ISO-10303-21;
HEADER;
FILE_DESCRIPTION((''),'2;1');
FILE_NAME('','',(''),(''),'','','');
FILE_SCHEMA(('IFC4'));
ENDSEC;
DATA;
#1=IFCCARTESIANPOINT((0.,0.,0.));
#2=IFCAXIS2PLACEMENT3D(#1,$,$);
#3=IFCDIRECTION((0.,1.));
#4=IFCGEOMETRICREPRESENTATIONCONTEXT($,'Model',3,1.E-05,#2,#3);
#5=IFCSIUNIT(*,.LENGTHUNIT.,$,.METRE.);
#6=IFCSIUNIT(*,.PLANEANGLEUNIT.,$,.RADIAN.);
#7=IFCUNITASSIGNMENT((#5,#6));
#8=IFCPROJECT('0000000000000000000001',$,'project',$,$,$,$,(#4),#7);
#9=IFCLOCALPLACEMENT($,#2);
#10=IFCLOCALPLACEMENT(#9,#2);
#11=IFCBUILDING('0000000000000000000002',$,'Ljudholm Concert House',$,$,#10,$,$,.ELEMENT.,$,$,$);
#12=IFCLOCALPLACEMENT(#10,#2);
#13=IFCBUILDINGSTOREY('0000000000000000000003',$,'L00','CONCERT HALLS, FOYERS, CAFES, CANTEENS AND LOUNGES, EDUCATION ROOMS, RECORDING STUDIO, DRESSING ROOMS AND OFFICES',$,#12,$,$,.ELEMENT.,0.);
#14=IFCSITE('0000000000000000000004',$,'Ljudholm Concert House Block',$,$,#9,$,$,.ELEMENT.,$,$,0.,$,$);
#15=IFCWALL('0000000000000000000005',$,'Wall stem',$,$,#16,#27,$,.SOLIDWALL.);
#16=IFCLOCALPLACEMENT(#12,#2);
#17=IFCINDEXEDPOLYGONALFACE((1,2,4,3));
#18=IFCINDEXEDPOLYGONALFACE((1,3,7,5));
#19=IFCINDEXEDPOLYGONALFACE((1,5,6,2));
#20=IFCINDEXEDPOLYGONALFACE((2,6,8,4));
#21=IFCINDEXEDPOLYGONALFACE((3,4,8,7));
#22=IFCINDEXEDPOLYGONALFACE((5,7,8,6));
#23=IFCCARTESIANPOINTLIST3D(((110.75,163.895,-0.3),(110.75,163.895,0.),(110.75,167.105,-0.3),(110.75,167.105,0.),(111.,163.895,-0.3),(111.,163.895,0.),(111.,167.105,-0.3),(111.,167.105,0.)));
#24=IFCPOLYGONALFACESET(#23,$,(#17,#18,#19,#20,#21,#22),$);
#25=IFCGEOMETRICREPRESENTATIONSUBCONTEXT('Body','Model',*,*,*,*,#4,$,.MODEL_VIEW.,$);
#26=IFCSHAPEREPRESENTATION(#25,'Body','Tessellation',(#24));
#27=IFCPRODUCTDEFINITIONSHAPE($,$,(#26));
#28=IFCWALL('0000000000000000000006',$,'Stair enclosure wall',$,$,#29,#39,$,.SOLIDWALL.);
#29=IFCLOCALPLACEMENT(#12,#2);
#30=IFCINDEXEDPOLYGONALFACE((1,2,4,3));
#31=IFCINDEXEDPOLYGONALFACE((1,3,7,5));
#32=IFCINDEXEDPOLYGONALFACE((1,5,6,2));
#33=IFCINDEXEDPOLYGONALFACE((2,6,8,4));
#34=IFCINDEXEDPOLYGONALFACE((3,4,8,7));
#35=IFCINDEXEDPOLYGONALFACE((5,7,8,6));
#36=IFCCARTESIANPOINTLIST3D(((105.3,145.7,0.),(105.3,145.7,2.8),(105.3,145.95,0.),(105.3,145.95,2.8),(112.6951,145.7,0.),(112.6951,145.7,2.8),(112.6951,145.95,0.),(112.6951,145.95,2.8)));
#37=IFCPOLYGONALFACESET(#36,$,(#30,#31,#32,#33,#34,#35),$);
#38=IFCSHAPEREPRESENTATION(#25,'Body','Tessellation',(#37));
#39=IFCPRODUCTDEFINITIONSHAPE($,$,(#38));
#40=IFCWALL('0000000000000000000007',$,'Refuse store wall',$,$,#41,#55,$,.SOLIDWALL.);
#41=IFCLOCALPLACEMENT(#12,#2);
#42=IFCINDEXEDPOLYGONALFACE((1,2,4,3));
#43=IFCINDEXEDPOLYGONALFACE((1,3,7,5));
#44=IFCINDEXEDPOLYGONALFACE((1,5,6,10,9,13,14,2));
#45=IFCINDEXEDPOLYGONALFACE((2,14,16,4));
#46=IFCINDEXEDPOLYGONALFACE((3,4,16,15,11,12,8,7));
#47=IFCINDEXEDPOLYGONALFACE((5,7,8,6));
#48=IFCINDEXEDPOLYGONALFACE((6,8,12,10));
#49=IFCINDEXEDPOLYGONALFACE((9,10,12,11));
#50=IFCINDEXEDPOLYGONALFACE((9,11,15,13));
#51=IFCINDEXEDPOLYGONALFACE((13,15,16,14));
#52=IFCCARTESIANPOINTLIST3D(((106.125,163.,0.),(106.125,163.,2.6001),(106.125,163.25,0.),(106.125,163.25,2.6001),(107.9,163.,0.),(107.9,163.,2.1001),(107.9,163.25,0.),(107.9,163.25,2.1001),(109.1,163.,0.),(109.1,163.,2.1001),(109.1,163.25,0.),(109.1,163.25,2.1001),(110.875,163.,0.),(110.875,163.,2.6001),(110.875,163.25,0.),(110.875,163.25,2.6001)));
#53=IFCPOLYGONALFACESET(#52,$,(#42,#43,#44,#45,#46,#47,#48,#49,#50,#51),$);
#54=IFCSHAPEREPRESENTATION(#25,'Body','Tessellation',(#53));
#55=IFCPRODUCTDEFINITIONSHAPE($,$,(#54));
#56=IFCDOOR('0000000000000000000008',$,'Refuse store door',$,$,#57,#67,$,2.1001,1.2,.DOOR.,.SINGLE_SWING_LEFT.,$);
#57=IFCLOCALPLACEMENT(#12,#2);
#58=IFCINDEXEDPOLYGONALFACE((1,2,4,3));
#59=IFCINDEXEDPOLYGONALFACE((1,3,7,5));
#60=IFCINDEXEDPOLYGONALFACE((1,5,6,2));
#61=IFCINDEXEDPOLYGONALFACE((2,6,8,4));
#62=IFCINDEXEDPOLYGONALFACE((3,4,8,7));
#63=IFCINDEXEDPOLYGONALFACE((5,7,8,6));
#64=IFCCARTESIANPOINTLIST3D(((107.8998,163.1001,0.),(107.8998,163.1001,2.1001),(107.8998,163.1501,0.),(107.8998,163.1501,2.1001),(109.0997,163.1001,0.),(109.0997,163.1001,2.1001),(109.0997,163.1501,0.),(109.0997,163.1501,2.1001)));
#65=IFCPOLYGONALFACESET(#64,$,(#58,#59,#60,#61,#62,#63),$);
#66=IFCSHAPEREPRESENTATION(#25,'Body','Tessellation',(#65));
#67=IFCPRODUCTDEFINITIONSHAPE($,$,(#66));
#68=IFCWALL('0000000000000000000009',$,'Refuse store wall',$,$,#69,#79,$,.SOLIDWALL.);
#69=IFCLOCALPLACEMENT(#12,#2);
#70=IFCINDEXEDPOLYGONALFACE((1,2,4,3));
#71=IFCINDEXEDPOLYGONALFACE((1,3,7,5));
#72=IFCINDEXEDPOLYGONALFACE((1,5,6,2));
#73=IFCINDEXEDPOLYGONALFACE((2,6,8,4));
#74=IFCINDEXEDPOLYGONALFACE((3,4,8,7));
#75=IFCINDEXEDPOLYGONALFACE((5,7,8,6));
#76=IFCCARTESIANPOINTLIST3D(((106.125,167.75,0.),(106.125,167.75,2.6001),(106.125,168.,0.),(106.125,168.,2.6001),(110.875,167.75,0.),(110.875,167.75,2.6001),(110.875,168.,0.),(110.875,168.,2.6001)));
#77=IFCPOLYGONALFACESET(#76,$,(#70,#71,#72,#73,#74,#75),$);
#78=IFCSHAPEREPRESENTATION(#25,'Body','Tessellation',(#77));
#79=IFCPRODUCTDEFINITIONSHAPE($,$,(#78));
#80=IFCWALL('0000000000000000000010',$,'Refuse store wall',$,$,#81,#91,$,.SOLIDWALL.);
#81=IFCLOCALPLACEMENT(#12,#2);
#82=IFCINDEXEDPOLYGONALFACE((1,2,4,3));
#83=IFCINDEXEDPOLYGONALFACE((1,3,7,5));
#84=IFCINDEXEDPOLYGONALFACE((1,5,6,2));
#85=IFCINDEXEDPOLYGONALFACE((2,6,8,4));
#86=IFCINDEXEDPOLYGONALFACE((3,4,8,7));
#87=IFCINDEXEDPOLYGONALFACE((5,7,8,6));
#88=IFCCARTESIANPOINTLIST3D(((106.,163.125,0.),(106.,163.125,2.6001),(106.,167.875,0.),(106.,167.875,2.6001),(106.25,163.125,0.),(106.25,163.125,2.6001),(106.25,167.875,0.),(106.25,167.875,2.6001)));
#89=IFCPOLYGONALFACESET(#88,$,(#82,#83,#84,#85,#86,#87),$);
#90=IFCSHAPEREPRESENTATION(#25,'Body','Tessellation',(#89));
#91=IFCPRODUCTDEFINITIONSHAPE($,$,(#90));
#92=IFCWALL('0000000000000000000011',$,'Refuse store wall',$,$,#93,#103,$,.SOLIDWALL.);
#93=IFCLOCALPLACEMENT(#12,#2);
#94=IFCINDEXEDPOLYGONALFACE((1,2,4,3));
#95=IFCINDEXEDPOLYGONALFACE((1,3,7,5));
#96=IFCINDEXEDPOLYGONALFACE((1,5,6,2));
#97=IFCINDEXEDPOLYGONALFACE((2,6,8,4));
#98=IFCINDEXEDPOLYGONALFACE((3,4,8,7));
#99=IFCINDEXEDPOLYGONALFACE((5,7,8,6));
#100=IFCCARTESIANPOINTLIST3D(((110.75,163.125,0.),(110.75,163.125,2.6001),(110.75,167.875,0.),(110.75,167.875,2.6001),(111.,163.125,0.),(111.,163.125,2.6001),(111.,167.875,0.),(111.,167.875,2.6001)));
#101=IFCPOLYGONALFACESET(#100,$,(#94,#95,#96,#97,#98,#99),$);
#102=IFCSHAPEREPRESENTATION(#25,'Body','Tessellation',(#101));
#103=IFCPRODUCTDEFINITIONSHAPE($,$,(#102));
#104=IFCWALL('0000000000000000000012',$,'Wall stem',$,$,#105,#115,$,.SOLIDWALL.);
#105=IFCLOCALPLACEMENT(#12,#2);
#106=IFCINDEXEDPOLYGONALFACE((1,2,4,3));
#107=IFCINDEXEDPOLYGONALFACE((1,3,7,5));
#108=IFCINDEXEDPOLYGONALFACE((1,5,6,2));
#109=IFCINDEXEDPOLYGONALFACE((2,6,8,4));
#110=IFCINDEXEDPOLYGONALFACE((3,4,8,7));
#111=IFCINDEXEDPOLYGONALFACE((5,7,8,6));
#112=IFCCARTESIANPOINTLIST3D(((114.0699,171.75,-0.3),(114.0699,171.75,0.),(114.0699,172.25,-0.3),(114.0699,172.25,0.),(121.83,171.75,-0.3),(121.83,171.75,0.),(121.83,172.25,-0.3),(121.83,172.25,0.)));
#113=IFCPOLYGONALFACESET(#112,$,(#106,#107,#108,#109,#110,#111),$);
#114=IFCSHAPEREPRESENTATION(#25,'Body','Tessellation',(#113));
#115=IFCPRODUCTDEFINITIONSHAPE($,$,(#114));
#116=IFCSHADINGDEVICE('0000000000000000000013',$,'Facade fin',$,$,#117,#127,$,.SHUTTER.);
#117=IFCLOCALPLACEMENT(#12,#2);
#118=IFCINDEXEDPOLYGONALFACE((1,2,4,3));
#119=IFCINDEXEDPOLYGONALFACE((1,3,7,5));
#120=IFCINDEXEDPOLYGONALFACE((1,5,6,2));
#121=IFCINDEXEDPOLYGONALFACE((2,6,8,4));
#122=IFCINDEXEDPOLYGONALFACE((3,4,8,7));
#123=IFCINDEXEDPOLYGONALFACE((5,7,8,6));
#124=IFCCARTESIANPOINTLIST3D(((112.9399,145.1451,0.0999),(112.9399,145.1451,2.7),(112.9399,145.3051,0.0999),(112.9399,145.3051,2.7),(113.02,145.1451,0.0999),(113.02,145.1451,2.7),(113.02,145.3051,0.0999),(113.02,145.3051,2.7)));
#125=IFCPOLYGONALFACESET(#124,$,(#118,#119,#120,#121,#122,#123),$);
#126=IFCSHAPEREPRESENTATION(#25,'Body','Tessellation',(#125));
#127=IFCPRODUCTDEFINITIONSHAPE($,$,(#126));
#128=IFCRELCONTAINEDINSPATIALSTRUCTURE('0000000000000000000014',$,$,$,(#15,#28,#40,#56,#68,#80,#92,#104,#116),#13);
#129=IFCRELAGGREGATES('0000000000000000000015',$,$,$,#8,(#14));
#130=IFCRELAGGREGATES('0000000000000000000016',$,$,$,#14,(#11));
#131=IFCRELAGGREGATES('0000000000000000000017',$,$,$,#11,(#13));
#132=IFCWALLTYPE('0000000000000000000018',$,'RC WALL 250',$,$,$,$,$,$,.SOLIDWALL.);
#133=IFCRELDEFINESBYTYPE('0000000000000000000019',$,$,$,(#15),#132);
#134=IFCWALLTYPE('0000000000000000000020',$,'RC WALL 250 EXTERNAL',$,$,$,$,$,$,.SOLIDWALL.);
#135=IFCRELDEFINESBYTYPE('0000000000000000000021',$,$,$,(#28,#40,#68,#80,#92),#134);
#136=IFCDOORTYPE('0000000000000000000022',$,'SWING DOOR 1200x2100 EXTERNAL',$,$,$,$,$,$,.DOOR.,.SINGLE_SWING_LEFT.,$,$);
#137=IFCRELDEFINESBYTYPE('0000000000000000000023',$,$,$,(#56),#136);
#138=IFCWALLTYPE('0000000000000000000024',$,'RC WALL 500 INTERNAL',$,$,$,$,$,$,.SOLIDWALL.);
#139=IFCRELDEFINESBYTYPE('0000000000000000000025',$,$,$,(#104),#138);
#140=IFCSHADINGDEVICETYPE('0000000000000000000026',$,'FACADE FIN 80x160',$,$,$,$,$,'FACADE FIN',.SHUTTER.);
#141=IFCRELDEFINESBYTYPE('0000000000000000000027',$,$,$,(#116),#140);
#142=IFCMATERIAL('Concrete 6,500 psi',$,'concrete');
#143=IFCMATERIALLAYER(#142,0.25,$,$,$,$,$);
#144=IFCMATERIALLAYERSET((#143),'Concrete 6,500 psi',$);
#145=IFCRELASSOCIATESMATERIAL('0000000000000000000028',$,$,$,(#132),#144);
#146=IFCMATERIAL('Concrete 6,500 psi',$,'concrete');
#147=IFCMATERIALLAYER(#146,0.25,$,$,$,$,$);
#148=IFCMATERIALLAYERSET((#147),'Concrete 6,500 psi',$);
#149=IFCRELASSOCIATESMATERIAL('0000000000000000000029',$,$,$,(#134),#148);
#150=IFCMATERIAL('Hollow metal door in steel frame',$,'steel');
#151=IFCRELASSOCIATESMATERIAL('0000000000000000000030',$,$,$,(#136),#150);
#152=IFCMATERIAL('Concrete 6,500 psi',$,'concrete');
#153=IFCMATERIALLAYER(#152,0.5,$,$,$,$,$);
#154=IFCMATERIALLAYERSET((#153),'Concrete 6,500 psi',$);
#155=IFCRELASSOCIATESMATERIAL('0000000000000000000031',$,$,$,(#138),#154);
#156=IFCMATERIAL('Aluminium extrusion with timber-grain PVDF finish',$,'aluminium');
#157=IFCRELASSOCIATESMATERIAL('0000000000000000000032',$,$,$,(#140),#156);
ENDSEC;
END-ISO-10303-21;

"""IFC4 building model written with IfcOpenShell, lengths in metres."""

from ifc_helpers import new_model, si_unit, direction, frame, frame_2d, origin, origin_2d, place, context, subcontext, project, spatial, rectangle, extrude, material, layer, layer_set, type_object, element, fill, save


model = new_model("IFC4")

# Units and contexts
model_context = context("Model", 3, precision=1e-05, world=origin(), true_north=direction((0.0, 1.0)))
body_context = subcontext(model_context, "Body", "Model", "MODEL_VIEW")
ifc_project = project(units=[si_unit("LENGTHUNIT", "METRE"), si_unit("PLANEANGLEUNIT", "RADIAN")], contexts=[model_context])

# Site, building, storey
site_placement = place(None, origin())
site = spatial("IfcSite", under=ifc_project, at=site_placement, Name="Ljudholm Concert House Block", CompositionType="ELEMENT", RefElevation=0.0)
building_placement = place(site_placement, origin())
building = spatial("IfcBuilding", under=site, at=building_placement, Name="Ljudholm Concert House", CompositionType="ELEMENT")
storey_placement = place(building_placement, origin())
storey = spatial("IfcBuildingStorey", under=building, at=storey_placement, Name="L00", Description="CONCERT HALLS, FOYERS, CAFES, CANTEENS AND LOUNGES, EDUCATION ROOMS, RECORDING STUDIO, DRESSING ROOMS AND OFFICES", CompositionType="ELEMENT", Elevation=0.0)

# Walls
ifc_material_1 = material(Name="Concrete 6,500 psi", Category="concrete")
ifc_layer_1 = layer(ifc_material_1, 0.25)
ifc_layer_set_1 = layer_set([ifc_layer_1], Name="Concrete 6,500 psi")
wall_type_1 = type_object("IfcWallType", Name="RC WALL 250", PredefinedType="SOLIDWALL", material=ifc_layer_set_1)
for number, where, z_axis, x_axis, name in (
    (1, (110.875, 163.895, -0.3), (0.0, 0.0, 1.0), (0.0, 1.0, 0.0), "Wall stem"),
):
    element("IfcWall", number, at=place(storey_placement, frame(where, z_axis=z_axis, x_axis=x_axis)), inside=storey, type_object=wall_type_1, Name=name, PredefinedType="SOLIDWALL", context=body_context, shape_type="SweptSolid", body=[
        extrude(rectangle(XDim=3.21, YDim=0.25, at=frame_2d((1.605, 0.0))), origin(), (0.0, 0.0, 1.0), 0.3),
    ])
ifc_material_2 = material(Name="Concrete 6,500 psi", Category="concrete")
ifc_layer_2 = layer(ifc_material_2, 0.25)
ifc_layer_set_2 = layer_set([ifc_layer_2], Name="Concrete 6,500 psi")
wall_type_2 = type_object("IfcWallType", Name="RC WALL 250 EXTERNAL", PredefinedType="SOLIDWALL", material=ifc_layer_set_2)
wall_1_placement = place(storey_placement, frame((105.3, 145.825, 0.0), z_axis=(0.0, 0.0, 1.0), x_axis=(1.0, 0.0, 0.0)))
element("IfcWall", 2, at=wall_1_placement, inside=storey, type_object=wall_type_2, Name="Stair enclosure wall", PredefinedType="SOLIDWALL", context=body_context, shape_type="SweptSolid", body=[
    extrude(rectangle(XDim=7.395, YDim=0.25, at=frame_2d((3.6975, 0.0))), origin(), (0.0, 0.0, 1.0), 2.8),
])

# Wall, opening, door
wall_2_placement = place(storey_placement, frame((106.125, 163.125, 0.0), z_axis=(0.0, 0.0, 1.0), x_axis=(1.0, 0.0, 0.0)))
wall_2 = element("IfcWall", 3, at=wall_2_placement, inside=storey, type_object=wall_type_2, Name="Refuse store wall", PredefinedType="SOLIDWALL", context=body_context, shape_type="SweptSolid", body=[
    extrude(rectangle(XDim=4.75, YDim=0.25, at=frame_2d((2.375, 0.0))), origin(), (0.0, 0.0, 1.0), 2.6001),
])
opening_1_placement = place(wall_2_placement, frame((1.7749, 0.0, 0.0)))
opening_1 = element("IfcOpeningElement", 4, at=opening_1_placement, cuts=wall_2, PredefinedType="OPENING", context=body_context, shape_type="SweptSolid", body=[
    extrude(rectangle(XDim=1.2, YDim=2.1001, at=frame_2d((0.6001, 1.05))), frame((0.0, 0.135, 0.0), z_axis=(0.0, -1.0, 0.0), x_axis=(1.0, 0.0, 0.0)), (0.0, 0.0, 1.0), 0.27),
])
ifc_material_3 = material(Name="Hollow metal door in steel frame", Category="steel")
door_type_1 = type_object("IfcDoorType", Name="SWING DOOR 1200x2100 EXTERNAL", OperationType="SINGLE_SWING_LEFT", PredefinedType="DOOR", material=ifc_material_3)
door_1_placement = place(opening_1_placement, frame((1.2, 0.0, 0.0), z_axis=(0.0, 0.0, 1.0), x_axis=(-1.0, 0.0, 0.0)))
door_1 = element("IfcDoor", 5, at=door_1_placement, inside=storey, type_object=door_type_1, Name="Refuse store door", OperationType="SINGLE_SWING_LEFT", OverallHeight=2.1001, OverallWidth=1.2, PredefinedType="DOOR", context=body_context, shape_type="SweptSolid", body=[
    extrude(rectangle(XDim=1.2, YDim=2.1001, at=frame_2d((0.6001, 1.05))), frame((0.0, 0.0249, 0.0), z_axis=(0.0, -1.0, 0.0), x_axis=(1.0, 0.0, 0.0)), (0.0, 0.0, 1.0), 0.05),
])
fill(opening_1, door_1)

# Walls
for number, where, z_axis, x_axis, name in (
    (6, (106.125, 167.875, 0.0), (0.0, 0.0, 1.0), (1.0, 0.0, 0.0), "Refuse store wall"),
    (7, (106.125, 163.125, 0.0), (0.0, 0.0, 1.0), (0.0, 1.0, 0.0), "Refuse store wall"),
    (8, (110.875, 163.125, 0.0), (0.0, 0.0, 1.0), (0.0, 1.0, 0.0), "Refuse store wall"),
):
    element("IfcWall", number, at=place(storey_placement, frame(where, z_axis=z_axis, x_axis=x_axis)), inside=storey, type_object=wall_type_2, Name=name, PredefinedType="SOLIDWALL", context=body_context, shape_type="SweptSolid", body=[
        extrude(rectangle(XDim=4.75, YDim=0.25, at=frame_2d((2.375, 0.0))), origin(), (0.0, 0.0, 1.0), 2.6001),
    ])

# Wall
ifc_material_4 = material(Name="Concrete 6,500 psi", Category="concrete")
ifc_layer_3 = layer(ifc_material_4, 0.5)
ifc_layer_set_3 = layer_set([ifc_layer_3], Name="Concrete 6,500 psi")
wall_type_3 = type_object("IfcWallType", Name="RC WALL 500 INTERNAL", PredefinedType="SOLIDWALL", material=ifc_layer_set_3)
wall_3_placement = place(storey_placement, frame((114.0701, 172.0, -0.3), z_axis=(0.0, 0.0, 1.0), x_axis=(1.0, 0.0, 0.0)))
element("IfcWall", 9, at=wall_3_placement, inside=storey, type_object=wall_type_3, Name="Wall stem", PredefinedType="SOLIDWALL", context=body_context, shape_type="SweptSolid", body=[
    extrude(rectangle(XDim=7.76, YDim=0.5, at=frame_2d((3.8799, 0.0))), origin(), (0.0, 0.0, 1.0), 0.3),
])

# Shading device
ifc_material_5 = material(Name="Aluminium extrusion with timber-grain PVDF finish", Category="aluminium")
shading_device_type = type_object("IfcShadingDeviceType", Name="FACADE FIN 80x160", ElementType="FACADE FIN", PredefinedType="SHUTTER", material=ifc_material_5)
shading_device_placement = place(storey_placement, frame((112.98, 145.2251, 0.0999), z_axis=(0.0, 0.0, 1.0), x_axis=(1.0, 0.0, 0.0)))
element("IfcShadingDevice", 10, at=shading_device_placement, inside=storey, type_object=shading_device_type, Name="Facade fin", PredefinedType="SHUTTER", context=body_context, shape_type="SweptSolid", body=[
    extrude(rectangle(XDim=0.0801, YDim=0.1599, at=origin_2d()), origin(), (0.0, 0.0, 1.0), 2.6001),
])

save(model, "model.ifc")
